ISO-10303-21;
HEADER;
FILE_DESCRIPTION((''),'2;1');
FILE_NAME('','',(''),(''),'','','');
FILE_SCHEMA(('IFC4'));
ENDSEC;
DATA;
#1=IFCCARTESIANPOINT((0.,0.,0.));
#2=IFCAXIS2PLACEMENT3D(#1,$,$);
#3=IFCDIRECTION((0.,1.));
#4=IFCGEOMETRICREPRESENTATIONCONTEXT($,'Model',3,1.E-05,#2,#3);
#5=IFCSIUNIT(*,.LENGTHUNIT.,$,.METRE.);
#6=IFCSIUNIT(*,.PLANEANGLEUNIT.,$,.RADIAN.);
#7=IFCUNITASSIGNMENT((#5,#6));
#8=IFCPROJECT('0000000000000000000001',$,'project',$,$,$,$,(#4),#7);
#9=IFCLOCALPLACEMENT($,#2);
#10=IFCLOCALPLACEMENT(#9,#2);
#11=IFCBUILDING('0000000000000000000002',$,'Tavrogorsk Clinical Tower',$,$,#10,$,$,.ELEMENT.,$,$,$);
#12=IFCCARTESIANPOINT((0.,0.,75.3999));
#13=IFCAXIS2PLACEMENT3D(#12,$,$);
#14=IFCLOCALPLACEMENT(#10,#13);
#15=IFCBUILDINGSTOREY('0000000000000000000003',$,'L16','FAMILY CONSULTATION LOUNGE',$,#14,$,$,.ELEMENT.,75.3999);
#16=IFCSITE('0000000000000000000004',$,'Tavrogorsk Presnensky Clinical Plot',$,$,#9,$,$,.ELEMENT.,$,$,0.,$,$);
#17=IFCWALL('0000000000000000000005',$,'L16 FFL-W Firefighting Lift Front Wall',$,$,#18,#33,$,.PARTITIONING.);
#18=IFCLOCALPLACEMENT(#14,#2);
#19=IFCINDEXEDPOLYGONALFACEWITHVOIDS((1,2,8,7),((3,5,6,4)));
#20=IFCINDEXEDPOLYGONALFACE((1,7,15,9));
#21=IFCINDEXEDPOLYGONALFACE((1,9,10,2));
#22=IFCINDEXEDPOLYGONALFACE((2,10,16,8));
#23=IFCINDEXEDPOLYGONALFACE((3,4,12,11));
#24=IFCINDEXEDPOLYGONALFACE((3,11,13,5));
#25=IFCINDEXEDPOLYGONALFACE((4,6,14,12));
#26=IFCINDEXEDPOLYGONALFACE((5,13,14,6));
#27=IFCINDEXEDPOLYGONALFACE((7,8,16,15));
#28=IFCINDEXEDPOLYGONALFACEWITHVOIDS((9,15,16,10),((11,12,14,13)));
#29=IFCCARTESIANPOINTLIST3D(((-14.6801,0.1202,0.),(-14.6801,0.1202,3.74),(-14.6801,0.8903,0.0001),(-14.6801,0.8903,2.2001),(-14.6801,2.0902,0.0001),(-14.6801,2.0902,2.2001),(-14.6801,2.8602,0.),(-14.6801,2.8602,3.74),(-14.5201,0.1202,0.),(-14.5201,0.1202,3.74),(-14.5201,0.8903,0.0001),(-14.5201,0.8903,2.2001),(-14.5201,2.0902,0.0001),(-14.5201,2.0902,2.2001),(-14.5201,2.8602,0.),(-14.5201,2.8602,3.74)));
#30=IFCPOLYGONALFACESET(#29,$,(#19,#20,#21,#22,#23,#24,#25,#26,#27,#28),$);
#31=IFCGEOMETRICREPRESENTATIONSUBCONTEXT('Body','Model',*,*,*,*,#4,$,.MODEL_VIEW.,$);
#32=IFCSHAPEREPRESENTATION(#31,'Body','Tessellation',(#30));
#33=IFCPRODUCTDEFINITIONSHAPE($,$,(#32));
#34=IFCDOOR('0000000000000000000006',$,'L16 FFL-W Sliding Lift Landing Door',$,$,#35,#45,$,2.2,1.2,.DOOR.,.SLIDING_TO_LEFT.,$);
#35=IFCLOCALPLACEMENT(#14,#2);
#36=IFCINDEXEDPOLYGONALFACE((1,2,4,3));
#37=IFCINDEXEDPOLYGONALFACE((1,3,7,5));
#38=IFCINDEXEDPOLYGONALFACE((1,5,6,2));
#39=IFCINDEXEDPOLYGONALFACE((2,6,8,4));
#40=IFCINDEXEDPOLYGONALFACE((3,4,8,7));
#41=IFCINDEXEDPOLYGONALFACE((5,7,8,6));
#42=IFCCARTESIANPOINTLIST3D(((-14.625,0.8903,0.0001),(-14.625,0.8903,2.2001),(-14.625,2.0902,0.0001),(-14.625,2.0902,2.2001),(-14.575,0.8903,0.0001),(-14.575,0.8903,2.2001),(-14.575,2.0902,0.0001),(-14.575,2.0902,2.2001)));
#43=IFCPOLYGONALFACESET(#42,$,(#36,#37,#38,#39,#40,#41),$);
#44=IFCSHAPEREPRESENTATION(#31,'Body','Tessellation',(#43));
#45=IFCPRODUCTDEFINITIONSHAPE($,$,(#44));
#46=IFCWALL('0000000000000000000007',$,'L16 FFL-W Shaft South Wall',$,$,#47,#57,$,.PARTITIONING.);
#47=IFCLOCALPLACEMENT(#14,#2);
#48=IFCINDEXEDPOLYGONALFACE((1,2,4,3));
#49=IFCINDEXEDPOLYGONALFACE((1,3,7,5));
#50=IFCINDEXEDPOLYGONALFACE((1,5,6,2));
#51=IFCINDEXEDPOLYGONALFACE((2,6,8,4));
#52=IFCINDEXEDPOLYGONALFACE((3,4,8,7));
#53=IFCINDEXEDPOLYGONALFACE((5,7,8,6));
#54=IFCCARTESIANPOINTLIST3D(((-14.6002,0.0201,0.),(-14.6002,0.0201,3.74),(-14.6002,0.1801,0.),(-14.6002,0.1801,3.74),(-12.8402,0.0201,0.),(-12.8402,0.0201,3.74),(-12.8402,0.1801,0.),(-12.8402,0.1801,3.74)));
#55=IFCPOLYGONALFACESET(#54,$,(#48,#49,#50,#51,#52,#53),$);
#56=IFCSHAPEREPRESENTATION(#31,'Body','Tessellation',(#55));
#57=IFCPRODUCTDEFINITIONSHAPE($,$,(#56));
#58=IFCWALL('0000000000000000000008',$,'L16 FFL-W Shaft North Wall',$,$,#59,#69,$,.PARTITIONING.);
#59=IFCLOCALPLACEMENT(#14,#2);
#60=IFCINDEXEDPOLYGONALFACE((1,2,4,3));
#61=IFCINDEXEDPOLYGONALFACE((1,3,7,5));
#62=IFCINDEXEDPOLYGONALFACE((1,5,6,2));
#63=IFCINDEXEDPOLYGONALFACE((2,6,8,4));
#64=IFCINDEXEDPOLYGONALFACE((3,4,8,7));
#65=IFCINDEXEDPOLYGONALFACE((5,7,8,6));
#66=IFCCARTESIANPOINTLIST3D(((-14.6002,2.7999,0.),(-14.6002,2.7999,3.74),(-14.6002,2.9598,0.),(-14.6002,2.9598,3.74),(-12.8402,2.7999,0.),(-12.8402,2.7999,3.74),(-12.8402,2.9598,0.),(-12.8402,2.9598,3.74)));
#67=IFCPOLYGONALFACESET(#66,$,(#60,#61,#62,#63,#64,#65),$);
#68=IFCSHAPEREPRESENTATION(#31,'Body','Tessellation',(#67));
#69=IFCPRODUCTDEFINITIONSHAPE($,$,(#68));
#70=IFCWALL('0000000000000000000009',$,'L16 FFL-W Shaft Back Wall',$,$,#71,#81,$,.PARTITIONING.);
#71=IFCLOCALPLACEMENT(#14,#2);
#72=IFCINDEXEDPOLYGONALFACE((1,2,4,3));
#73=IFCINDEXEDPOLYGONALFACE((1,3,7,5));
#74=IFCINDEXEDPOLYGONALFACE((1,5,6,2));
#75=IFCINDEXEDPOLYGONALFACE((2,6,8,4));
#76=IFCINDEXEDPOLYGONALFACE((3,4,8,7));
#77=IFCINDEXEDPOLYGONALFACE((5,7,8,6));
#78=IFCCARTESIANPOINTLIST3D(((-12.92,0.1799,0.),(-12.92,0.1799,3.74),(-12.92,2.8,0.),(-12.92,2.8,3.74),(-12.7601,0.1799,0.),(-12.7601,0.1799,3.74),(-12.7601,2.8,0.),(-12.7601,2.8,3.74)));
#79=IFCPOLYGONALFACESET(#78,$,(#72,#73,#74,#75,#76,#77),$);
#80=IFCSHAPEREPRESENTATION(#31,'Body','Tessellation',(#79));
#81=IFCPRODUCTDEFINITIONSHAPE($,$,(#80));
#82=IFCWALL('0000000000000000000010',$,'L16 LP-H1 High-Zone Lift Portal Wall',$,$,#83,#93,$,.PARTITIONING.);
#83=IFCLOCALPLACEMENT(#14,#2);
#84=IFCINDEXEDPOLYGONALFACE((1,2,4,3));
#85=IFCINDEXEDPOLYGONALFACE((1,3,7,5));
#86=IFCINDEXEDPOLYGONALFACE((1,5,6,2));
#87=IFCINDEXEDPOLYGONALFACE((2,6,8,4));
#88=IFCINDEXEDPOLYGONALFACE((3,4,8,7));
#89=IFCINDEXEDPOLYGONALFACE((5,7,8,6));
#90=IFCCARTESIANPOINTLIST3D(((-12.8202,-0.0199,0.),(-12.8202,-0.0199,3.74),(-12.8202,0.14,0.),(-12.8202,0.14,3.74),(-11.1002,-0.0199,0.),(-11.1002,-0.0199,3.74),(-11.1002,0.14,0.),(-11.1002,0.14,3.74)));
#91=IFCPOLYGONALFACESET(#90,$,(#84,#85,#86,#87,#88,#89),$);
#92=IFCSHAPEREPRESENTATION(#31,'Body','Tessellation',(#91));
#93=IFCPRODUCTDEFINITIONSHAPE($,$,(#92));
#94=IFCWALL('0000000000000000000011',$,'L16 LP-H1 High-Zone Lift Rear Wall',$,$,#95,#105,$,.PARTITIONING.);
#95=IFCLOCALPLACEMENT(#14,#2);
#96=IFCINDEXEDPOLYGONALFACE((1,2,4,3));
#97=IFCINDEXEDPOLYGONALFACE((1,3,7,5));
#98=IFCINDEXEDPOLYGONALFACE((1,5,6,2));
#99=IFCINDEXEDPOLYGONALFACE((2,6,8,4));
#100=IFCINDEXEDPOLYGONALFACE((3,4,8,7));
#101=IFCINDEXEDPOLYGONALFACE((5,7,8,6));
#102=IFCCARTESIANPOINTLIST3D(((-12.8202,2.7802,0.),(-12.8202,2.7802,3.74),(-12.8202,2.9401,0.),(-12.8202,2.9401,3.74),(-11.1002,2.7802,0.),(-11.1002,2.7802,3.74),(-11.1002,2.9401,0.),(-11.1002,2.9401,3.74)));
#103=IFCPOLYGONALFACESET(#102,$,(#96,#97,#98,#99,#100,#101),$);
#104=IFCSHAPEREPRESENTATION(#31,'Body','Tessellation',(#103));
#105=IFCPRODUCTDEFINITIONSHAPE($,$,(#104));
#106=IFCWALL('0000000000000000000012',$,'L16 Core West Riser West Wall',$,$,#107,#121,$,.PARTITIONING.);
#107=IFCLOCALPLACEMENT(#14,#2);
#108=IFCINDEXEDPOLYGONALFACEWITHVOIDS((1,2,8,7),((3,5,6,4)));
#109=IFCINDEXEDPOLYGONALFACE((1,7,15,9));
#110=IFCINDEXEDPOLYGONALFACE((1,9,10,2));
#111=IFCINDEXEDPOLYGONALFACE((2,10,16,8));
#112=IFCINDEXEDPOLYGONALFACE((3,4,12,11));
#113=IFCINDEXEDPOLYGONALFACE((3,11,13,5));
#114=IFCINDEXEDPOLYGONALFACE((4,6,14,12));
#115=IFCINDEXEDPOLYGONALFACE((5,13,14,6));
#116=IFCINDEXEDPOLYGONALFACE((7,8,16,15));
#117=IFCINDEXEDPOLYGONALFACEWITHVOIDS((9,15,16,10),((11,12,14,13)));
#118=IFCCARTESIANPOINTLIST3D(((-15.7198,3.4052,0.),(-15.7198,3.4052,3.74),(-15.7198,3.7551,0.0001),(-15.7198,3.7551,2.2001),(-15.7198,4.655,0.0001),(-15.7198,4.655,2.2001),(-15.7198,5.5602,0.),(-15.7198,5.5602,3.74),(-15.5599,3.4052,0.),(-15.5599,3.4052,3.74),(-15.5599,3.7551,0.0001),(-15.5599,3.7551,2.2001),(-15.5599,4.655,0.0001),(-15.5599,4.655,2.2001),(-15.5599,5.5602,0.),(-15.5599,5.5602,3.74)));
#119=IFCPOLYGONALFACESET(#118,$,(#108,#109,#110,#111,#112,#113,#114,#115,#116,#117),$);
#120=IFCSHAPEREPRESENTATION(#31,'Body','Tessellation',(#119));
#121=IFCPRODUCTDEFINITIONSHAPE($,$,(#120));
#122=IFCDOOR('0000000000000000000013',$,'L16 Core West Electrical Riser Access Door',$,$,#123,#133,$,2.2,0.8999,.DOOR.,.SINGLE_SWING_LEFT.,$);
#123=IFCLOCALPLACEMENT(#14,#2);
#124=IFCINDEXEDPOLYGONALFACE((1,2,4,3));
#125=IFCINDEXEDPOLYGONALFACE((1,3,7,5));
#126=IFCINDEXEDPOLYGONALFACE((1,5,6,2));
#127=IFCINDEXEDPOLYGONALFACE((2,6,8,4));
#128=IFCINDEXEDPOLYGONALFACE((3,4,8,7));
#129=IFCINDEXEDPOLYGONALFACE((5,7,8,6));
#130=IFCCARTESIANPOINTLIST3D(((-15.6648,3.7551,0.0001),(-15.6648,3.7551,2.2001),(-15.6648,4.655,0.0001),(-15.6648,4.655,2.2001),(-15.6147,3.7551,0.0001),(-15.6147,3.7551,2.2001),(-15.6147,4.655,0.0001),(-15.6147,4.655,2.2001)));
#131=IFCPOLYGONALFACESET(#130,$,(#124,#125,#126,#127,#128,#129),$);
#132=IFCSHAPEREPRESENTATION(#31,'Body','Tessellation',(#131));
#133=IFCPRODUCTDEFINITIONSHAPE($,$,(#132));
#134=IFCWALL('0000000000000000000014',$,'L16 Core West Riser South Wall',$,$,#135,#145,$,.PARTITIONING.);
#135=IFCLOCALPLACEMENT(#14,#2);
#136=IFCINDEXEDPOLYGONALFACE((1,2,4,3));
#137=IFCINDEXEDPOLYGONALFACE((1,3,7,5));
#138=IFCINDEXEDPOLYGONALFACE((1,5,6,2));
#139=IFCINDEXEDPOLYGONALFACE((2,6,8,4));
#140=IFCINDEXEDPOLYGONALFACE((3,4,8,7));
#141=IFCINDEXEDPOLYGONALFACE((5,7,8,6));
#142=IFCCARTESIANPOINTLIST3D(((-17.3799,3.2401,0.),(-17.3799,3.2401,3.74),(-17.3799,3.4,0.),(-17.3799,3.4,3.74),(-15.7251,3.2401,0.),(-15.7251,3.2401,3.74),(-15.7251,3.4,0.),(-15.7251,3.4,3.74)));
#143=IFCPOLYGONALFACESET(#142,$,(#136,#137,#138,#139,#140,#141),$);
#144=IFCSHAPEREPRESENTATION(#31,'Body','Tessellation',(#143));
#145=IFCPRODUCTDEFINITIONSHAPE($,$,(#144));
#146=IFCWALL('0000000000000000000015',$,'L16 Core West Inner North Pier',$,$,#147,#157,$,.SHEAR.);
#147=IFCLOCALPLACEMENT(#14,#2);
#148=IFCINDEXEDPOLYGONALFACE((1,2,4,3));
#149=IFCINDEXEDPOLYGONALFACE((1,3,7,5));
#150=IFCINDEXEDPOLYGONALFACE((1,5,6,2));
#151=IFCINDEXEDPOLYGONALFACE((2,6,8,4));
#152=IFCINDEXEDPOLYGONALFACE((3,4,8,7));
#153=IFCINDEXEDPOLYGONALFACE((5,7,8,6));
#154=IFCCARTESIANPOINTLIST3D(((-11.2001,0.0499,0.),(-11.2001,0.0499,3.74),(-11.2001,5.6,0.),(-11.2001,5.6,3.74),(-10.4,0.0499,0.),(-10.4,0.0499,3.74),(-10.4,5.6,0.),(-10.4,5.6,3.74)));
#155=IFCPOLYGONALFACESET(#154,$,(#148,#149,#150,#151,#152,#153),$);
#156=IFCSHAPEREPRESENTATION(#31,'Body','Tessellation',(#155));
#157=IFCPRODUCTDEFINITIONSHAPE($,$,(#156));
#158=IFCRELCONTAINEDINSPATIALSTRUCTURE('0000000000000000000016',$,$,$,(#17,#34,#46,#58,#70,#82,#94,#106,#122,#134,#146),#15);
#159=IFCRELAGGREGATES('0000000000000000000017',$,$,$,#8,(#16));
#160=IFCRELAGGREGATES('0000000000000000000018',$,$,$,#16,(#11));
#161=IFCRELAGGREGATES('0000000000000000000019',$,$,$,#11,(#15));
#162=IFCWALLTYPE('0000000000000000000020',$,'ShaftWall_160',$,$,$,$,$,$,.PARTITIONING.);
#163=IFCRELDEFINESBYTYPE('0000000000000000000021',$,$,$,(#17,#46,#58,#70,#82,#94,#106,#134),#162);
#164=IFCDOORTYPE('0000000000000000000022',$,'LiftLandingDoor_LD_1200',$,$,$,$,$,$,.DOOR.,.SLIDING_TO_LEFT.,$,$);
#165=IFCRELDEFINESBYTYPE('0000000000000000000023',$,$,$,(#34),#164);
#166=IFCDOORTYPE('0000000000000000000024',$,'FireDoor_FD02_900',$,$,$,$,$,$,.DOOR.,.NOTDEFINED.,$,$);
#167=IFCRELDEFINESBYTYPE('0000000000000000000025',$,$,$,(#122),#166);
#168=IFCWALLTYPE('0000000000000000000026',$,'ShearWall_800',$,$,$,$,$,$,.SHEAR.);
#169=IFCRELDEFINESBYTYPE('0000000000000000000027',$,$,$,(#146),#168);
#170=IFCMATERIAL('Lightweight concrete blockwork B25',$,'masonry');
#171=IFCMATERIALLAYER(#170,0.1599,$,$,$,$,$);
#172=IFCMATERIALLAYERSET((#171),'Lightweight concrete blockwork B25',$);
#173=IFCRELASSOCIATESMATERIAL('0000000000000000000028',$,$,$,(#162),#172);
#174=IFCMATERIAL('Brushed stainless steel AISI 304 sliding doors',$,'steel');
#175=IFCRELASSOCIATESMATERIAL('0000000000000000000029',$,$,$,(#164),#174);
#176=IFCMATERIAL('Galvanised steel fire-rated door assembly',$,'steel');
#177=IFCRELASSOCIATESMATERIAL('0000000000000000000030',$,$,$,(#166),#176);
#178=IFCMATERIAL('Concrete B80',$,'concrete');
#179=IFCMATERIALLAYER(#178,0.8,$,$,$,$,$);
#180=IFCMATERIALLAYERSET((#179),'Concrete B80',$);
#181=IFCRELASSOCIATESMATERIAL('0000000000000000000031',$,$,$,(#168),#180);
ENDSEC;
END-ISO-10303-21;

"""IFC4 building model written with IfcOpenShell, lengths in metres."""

from ifc_helpers import new_model, si_unit, direction, frame, frame_2d, origin, place, context, subcontext, project, spatial, rectangle, extrude, material, layer, layer_set, type_object, element, fill, save


model = new_model("IFC4")

# Units and contexts
model_context = context("Model", 3, precision=1e-05, world=origin(), true_north=direction((0.0, 1.0)))
body_context = subcontext(model_context, "Body", "Model", "MODEL_VIEW")
ifc_project = project(units=[si_unit("LENGTHUNIT", "METRE"), si_unit("PLANEANGLEUNIT", "RADIAN")], contexts=[model_context])

# Site, building, storey
site_placement = place(None, origin())
site = spatial("IfcSite", under=ifc_project, at=site_placement, Name="Tavrogorsk Presnensky Clinical Plot", CompositionType="ELEMENT", RefElevation=0.0)
building_placement = place(site_placement, origin())
building = spatial("IfcBuilding", under=site, at=building_placement, Name="Tavrogorsk Clinical Tower", CompositionType="ELEMENT")
storey_placement = place(building_placement, frame((0.0, 0.0, 75.3999)))
storey = spatial("IfcBuildingStorey", under=building, at=storey_placement, Name="L16", Description="FAMILY CONSULTATION LOUNGE", CompositionType="ELEMENT", Elevation=75.3999)

# Wall, opening, door
ifc_material_1 = material(Name="Lightweight concrete blockwork B25", Category="masonry")
ifc_layer_1 = layer(ifc_material_1, 0.1599)
ifc_layer_set_1 = layer_set([ifc_layer_1], Name="Lightweight concrete blockwork B25")
wall_type_1 = type_object("IfcWallType", Name="ShaftWall_160", PredefinedType="PARTITIONING", material=ifc_layer_set_1)
wall_1_placement = place(storey_placement, frame((-14.6001, 0.1201, 0.0), z_axis=(0.0, 0.0, 1.0), x_axis=(0.0, 1.0, 0.0)))
wall_1 = element("IfcWall", 1, at=wall_1_placement, inside=storey, type_object=wall_type_1, Name="L16 FFL-W Firefighting Lift Front Wall", PredefinedType="PARTITIONING", context=body_context, shape_type="SweptSolid", body=[
    extrude(rectangle(XDim=2.74, YDim=0.1599, at=frame_2d((1.3701, 0.0))), origin(), (0.0, 0.0, 1.0), 3.74),
])
opening_1_placement = place(wall_1_placement, frame((0.77, 0.0, 0.0)))
opening_1 = element("IfcOpeningElement", 2, at=opening_1_placement, cuts=wall_1, PredefinedType="OPENING", context=body_context, shape_type="SweptSolid", body=[
    extrude(rectangle(XDim=1.2, YDim=2.2, at=frame_2d((0.6001, 1.1001))), frame((0.0, 0.0898, 0.0), z_axis=(0.0, -1.0, 0.0), x_axis=(1.0, 0.0, 0.0)), (0.0, 0.0, 1.0), 0.1799),
])
ifc_material_2 = material(Name="Brushed stainless steel AISI 304 sliding doors", Category="steel")
door_type_1 = type_object("IfcDoorType", Name="LiftLandingDoor_LD_1200", OperationType="SLIDING_TO_LEFT", PredefinedType="DOOR", material=ifc_material_2)
door_1_placement = place(opening_1_placement, origin())
door_1 = element("IfcDoor", 3, at=door_1_placement, inside=storey, type_object=door_type_1, Name="L16 FFL-W Sliding Lift Landing Door", OperationType="SLIDING_TO_LEFT", OverallHeight=2.2, OverallWidth=1.2, PredefinedType="DOOR", context=body_context, shape_type="SweptSolid", body=[
    extrude(rectangle(XDim=1.2, YDim=2.2, at=frame_2d((0.6001, 1.1001))), frame((0.0, 0.0249, 0.0), z_axis=(0.0, -1.0, 0.0), x_axis=(1.0, 0.0, 0.0)), (0.0, 0.0, 1.0), 0.05),
])
fill(opening_1, door_1)

# Walls
for number, where, z_axis, x_axis, name in (
    (4, (-14.6001, 0.1001, 0.0), (0.0, 0.0, 1.0), (1.0, 0.0, 0.0), "L16 FFL-W Shaft South Wall"),
    (5, (-14.6001, 2.8799, 0.0), (0.0, 0.0, 1.0), (1.0, 0.0, 0.0), "L16 FFL-W Shaft North Wall"),
):
    element("IfcWall", number, at=place(storey_placement, frame(where, z_axis=z_axis, x_axis=x_axis)), inside=storey, type_object=wall_type_1, Name=name, PredefinedType="PARTITIONING", context=body_context, shape_type="SweptSolid", body=[
        extrude(rectangle(XDim=1.76, YDim=0.1599, at=frame_2d((0.8799, 0.0))), origin(), (0.0, 0.0, 1.0), 3.74),
    ])
wall_2_placement = place(storey_placement, frame((-12.8401, 0.1799, 0.0), z_axis=(0.0, 0.0, 1.0), x_axis=(0.0, 1.0, 0.0)))
element("IfcWall", 6, at=wall_2_placement, inside=storey, type_object=wall_type_1, Name="L16 FFL-W Shaft Back Wall", PredefinedType="PARTITIONING", context=body_context, shape_type="SweptSolid", body=[
    extrude(rectangle(XDim=2.6201, YDim=0.1599, at=frame_2d((1.3101, 0.0))), origin(), (0.0, 0.0, 1.0), 3.74),
])
for number, where, z_axis, x_axis, name in (
    (7, (-12.8201, 0.0601, 0.0), (0.0, 0.0, 1.0), (1.0, 0.0, 0.0), "L16 LP-H1 High-Zone Lift Portal Wall"),
    (8, (-12.8201, 2.8601, 0.0), (0.0, 0.0, 1.0), (1.0, 0.0, 0.0), "L16 LP-H1 High-Zone Lift Rear Wall"),
):
    element("IfcWall", number, at=place(storey_placement, frame(where, z_axis=z_axis, x_axis=x_axis)), inside=storey, type_object=wall_type_1, Name=name, PredefinedType="PARTITIONING", context=body_context, shape_type="SweptSolid", body=[
        extrude(rectangle(XDim=1.72, YDim=0.1599, at=frame_2d((0.8599, 0.0))), origin(), (0.0, 0.0, 1.0), 3.74),
    ])

# Wall, opening, door
wall_3_placement = place(storey_placement, frame((-15.6399, 3.405, 0.0), z_axis=(0.0, 0.0, 1.0), x_axis=(0.0, 1.0, 0.0)))
wall_3 = element("IfcWall", 9, at=wall_3_placement, inside=storey, type_object=wall_type_1, Name="L16 Core West Riser West Wall", PredefinedType="PARTITIONING", context=body_context, shape_type="SweptSolid", body=[
    extrude(rectangle(XDim=2.155, YDim=0.1599, at=frame_2d((1.0776, 0.0))), origin(), (0.0, 0.0, 1.0), 3.74),
])
opening_2_placement = place(wall_3_placement, frame((0.3501, 0.0, 0.0)))
opening_2 = element("IfcOpeningElement", 10, at=opening_2_placement, cuts=wall_3, PredefinedType="OPENING", context=body_context, shape_type="SweptSolid", body=[
    extrude(rectangle(XDim=0.8999, YDim=2.2, at=frame_2d((0.45, 1.1001))), frame((0.0, 0.0898, 0.0), z_axis=(0.0, -1.0, 0.0), x_axis=(1.0, 0.0, 0.0)), (0.0, 0.0, 1.0), 0.1799),
])
ifc_material_3 = material(Name="Galvanised steel fire-rated door assembly", Category="steel")
door_type_2 = type_object("IfcDoorType", Name="FireDoor_FD02_900", OperationType="NOTDEFINED", PredefinedType="DOOR", material=ifc_material_3)
door_2_placement = place(opening_2_placement, origin())
door_2 = element("IfcDoor", 11, at=door_2_placement, inside=storey, type_object=door_type_2, Name="L16 Core West Electrical Riser Access Door", OperationType="SINGLE_SWING_LEFT", OverallHeight=2.2, OverallWidth=0.8999, PredefinedType="DOOR", context=body_context, shape_type="SweptSolid", body=[
    extrude(rectangle(XDim=0.8999, YDim=2.2, at=frame_2d((0.45, 1.1001))), frame((0.0, 0.0249, 0.0), z_axis=(0.0, -1.0, 0.0), x_axis=(1.0, 0.0, 0.0)), (0.0, 0.0, 1.0), 0.05),
])
fill(opening_2, door_2)

# Walls
wall_4_placement = place(storey_placement, frame((-17.3799, 3.3201, 0.0), z_axis=(0.0, 0.0, 1.0), x_axis=(1.0, 0.0, 0.0)))
element("IfcWall", 12, at=wall_4_placement, inside=storey, type_object=wall_type_1, Name="L16 Core West Riser South Wall", PredefinedType="PARTITIONING", context=body_context, shape_type="SweptSolid", body=[
    extrude(rectangle(XDim=1.6548, YDim=0.1599, at=frame_2d((0.8274, 0.0))), origin(), (0.0, 0.0, 1.0), 3.74),
])
ifc_material_4 = material(Name="Concrete B80", Category="concrete")
ifc_layer_2 = layer(ifc_material_4, 0.8)
ifc_layer_set_2 = layer_set([ifc_layer_2], Name="Concrete B80")
wall_type_2 = type_object("IfcWallType", Name="ShearWall_800", PredefinedType="SHEAR", material=ifc_layer_set_2)
wall_5_placement = place(storey_placement, frame((-10.8, 0.05, 0.0), z_axis=(0.0, 0.0, 1.0), x_axis=(0.0, 1.0, 0.0)))
element("IfcWall", 13, at=wall_5_placement, inside=storey, type_object=wall_type_2, Name="L16 Core West Inner North Pier", PredefinedType="SHEAR", context=body_context, shape_type="SweptSolid", body=[
    extrude(rectangle(XDim=5.55, YDim=0.8, at=frame_2d((2.7749, 0.0))), origin(), (0.0, 0.0, 1.0), 3.74),
])

save(model, "model.ifc")
